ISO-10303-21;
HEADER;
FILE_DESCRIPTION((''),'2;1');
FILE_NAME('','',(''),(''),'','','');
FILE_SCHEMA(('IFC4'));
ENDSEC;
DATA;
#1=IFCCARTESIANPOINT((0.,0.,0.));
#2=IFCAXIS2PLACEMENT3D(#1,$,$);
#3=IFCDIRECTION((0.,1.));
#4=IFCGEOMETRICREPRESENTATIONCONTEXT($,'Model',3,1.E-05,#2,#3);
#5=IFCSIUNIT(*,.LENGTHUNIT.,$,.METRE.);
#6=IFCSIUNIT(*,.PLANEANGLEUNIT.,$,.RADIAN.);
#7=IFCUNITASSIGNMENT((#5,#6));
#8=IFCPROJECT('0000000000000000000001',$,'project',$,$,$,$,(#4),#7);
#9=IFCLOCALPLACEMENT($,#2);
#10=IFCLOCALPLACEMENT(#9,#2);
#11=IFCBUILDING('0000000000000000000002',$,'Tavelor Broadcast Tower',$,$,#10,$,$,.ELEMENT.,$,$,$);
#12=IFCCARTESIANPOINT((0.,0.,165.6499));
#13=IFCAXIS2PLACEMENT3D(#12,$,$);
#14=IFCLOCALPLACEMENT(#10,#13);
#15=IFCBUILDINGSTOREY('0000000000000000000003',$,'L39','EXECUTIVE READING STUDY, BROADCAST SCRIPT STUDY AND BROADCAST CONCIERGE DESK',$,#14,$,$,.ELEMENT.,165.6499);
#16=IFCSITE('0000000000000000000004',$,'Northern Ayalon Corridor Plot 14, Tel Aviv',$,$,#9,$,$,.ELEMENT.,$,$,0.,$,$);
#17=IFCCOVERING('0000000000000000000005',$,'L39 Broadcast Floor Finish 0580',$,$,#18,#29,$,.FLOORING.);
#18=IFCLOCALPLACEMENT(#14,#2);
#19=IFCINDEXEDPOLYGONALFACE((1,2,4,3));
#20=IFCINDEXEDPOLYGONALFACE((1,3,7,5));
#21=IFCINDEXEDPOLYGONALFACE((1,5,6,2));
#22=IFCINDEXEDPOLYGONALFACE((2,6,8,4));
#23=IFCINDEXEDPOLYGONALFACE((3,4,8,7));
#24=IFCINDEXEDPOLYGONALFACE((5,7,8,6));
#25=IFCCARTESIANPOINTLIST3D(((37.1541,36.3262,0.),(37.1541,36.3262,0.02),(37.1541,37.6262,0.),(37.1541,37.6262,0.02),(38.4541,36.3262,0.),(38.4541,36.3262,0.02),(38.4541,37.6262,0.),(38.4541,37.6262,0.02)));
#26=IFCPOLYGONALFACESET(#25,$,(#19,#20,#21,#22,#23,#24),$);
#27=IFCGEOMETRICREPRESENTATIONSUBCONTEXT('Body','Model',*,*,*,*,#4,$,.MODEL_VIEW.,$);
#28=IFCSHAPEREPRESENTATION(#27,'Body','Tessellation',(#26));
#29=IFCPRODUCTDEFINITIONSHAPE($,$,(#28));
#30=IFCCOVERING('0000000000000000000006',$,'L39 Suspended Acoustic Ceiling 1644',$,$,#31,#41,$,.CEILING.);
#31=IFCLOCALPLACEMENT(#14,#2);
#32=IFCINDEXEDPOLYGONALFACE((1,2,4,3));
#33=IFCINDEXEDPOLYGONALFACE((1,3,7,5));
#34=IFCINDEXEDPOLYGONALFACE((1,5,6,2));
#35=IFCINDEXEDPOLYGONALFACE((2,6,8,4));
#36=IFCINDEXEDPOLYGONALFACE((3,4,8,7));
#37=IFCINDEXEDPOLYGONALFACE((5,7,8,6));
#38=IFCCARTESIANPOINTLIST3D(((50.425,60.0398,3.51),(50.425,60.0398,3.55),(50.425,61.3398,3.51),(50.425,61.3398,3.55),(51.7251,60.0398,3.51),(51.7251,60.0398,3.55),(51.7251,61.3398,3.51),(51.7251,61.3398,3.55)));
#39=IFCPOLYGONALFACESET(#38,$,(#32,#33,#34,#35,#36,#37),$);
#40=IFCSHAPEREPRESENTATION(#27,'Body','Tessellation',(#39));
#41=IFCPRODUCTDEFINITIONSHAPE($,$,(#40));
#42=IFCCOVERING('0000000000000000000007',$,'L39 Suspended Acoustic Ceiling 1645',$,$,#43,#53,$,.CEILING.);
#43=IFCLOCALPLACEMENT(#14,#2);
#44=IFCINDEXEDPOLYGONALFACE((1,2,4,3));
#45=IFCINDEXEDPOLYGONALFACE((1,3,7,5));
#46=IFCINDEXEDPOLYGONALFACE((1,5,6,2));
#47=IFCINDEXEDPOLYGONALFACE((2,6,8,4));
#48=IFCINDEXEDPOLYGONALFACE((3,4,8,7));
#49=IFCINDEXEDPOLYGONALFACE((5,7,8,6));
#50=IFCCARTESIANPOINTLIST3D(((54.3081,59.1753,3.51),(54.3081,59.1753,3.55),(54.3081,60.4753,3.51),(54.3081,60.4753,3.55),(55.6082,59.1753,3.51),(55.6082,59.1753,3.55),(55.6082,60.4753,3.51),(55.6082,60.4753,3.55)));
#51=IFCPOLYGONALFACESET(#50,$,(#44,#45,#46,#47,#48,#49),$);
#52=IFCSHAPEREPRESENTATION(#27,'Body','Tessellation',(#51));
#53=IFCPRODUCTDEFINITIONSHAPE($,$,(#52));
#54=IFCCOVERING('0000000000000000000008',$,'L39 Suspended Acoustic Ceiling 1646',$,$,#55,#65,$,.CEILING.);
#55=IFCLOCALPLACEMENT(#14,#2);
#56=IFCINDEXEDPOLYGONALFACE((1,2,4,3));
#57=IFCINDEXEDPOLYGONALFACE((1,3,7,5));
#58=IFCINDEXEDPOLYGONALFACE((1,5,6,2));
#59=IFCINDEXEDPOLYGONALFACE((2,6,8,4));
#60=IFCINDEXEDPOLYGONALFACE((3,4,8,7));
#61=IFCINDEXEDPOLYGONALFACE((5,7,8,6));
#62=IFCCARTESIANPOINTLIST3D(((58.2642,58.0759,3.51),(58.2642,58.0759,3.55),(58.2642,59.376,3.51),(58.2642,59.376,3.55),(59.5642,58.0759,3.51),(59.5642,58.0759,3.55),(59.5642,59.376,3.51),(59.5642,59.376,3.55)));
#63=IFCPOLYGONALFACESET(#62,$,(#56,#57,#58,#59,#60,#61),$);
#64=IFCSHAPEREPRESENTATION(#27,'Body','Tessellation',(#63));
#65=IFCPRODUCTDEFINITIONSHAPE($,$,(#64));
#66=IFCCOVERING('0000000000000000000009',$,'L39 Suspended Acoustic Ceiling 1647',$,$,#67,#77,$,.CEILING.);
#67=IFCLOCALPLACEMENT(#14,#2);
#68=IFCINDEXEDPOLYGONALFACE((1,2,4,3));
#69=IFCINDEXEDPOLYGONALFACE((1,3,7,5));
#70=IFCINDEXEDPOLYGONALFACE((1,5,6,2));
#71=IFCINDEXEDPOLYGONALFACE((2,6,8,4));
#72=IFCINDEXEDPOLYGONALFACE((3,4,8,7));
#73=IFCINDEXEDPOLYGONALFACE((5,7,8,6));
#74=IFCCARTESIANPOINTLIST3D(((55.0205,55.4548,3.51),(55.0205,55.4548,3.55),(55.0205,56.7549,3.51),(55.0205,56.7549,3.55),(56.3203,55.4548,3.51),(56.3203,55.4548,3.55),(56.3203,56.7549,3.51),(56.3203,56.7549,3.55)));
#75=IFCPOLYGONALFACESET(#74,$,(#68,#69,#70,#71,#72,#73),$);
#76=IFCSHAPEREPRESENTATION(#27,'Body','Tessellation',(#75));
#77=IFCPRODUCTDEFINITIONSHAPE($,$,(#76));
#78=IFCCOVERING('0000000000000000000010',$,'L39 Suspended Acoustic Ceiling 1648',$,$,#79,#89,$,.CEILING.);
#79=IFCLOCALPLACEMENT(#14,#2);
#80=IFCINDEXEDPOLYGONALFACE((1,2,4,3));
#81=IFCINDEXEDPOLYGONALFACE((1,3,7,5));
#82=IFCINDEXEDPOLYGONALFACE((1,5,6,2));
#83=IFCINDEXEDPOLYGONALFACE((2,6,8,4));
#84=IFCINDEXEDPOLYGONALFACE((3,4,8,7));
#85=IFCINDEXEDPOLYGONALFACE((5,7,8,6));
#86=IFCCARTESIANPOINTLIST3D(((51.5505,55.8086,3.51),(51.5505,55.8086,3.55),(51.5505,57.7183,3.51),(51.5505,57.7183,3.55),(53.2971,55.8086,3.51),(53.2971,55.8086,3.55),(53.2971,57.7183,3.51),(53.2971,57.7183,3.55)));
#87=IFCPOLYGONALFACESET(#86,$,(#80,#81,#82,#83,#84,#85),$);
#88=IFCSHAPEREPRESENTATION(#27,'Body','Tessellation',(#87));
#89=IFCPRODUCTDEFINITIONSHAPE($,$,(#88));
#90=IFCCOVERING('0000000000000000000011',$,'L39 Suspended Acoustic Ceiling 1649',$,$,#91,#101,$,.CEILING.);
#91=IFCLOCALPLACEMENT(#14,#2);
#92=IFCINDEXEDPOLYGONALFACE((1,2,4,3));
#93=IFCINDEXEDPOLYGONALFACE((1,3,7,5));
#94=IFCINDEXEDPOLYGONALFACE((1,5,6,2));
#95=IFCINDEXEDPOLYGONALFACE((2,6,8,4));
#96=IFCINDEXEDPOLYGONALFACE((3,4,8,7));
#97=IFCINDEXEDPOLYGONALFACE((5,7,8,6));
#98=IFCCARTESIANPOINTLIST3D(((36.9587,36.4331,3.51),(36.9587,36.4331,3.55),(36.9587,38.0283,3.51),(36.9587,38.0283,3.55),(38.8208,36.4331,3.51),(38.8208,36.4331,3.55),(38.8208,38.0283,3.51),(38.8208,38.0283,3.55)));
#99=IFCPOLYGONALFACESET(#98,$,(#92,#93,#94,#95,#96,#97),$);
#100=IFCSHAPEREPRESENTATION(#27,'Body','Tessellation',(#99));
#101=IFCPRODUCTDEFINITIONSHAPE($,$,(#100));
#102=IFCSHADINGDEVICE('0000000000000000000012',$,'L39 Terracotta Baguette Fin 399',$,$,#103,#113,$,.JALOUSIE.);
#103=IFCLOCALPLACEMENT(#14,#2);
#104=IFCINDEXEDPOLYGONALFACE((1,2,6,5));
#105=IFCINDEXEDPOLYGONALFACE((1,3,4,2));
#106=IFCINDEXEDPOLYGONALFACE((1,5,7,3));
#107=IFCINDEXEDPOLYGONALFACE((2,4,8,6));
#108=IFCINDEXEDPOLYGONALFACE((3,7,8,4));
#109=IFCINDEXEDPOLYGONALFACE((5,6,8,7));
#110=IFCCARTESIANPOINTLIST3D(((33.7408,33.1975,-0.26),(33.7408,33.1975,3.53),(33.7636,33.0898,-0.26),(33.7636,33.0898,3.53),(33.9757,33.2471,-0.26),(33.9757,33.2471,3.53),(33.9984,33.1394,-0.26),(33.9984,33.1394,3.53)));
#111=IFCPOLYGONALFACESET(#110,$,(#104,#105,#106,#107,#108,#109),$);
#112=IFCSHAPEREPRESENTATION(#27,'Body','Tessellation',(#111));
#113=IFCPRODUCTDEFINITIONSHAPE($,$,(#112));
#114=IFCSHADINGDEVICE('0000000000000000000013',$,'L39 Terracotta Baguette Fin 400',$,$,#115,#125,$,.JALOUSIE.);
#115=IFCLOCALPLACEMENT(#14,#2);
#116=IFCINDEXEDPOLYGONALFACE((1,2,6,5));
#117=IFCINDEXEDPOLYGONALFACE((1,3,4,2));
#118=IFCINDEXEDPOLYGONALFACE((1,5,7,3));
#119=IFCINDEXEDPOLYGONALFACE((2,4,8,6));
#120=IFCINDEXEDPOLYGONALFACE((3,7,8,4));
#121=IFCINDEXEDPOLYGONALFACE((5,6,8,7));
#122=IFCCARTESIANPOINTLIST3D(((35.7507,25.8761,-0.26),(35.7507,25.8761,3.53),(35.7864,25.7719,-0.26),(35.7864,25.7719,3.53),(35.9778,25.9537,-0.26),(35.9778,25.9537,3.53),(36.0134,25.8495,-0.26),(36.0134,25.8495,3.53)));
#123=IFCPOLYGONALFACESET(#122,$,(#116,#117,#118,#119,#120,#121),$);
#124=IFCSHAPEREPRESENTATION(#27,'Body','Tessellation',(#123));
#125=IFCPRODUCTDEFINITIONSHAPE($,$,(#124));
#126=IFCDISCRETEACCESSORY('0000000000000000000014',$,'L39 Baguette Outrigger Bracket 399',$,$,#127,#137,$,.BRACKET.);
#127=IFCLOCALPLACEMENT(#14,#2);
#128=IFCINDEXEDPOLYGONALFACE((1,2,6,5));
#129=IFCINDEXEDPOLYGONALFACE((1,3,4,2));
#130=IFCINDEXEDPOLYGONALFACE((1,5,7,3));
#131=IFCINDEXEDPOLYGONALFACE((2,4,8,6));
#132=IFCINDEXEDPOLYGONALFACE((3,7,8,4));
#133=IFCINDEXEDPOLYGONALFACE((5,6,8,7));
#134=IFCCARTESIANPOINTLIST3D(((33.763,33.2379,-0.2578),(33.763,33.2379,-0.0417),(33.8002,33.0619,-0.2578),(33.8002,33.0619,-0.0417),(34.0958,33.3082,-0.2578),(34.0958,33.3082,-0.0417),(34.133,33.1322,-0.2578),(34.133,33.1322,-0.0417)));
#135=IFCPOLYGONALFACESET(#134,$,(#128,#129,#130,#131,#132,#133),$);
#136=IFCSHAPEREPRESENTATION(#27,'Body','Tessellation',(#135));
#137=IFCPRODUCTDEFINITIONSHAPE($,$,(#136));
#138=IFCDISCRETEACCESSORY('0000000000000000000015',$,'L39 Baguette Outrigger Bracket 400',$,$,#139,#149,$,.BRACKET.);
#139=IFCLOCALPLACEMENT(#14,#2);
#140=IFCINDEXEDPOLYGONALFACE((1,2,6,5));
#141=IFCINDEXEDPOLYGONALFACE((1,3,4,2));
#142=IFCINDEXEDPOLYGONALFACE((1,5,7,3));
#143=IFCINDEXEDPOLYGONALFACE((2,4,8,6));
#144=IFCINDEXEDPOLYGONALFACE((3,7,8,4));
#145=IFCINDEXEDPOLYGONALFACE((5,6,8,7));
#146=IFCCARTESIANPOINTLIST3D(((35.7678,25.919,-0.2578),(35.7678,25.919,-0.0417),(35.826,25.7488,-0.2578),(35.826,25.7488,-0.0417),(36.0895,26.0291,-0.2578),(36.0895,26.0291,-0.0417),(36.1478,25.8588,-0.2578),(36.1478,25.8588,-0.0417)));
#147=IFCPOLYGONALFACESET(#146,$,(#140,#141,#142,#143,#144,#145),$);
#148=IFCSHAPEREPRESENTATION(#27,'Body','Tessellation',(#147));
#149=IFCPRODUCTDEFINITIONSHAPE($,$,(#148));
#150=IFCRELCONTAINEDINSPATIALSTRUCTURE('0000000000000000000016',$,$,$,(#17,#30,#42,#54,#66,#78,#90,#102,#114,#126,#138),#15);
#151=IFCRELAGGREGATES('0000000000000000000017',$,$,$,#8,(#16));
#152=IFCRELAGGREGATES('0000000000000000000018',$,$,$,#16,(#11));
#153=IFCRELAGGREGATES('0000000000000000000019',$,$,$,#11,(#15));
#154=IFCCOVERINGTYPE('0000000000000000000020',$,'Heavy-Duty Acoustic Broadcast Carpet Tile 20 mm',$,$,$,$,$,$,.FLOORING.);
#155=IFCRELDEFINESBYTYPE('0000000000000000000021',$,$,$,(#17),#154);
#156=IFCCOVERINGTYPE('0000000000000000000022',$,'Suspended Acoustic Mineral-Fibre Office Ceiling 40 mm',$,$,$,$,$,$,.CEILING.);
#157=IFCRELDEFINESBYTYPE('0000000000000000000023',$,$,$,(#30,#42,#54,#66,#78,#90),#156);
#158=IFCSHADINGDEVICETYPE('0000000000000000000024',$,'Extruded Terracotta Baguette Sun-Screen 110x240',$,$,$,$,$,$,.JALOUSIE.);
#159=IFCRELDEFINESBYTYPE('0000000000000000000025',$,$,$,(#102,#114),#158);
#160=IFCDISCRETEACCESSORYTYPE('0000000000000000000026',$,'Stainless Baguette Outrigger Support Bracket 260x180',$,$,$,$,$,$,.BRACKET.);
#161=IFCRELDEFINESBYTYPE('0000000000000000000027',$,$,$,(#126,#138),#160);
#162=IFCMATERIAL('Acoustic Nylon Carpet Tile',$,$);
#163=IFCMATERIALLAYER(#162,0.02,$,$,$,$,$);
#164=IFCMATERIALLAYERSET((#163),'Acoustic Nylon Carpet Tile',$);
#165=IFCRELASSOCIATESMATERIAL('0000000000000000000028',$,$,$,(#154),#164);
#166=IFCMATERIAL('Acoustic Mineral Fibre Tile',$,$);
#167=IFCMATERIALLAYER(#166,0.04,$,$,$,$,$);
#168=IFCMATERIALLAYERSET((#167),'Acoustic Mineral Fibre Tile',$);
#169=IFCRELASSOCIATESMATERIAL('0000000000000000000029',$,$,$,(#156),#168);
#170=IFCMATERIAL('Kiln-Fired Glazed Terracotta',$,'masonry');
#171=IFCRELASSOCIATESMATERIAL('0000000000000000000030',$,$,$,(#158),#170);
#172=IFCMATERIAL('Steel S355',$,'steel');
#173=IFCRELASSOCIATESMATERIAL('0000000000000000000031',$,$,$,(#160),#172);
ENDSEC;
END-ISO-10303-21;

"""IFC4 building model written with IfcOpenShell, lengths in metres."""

from ifc_helpers import new_model, si_unit, direction, frame, origin, origin_2d, place, context, subcontext, project, spatial, polyline, rectangle, outline, extrude, source, transform, mapped, material, layer, layer_set, type_object, type_shapes, element, save


model = new_model("IFC4")

# Units and contexts
model_context = context("Model", 3, precision=1e-05, world=origin(), true_north=direction((0.0, 1.0)))
body_context = subcontext(model_context, "Body", "Model", "MODEL_VIEW")
ifc_project = project(units=[si_unit("LENGTHUNIT", "METRE"), si_unit("PLANEANGLEUNIT", "RADIAN")], contexts=[model_context])

# Site, building, storey
site_placement = place(None, origin())
site = spatial("IfcSite", under=ifc_project, at=site_placement, Name="Northern Ayalon Corridor Plot 14, Tel Aviv", CompositionType="ELEMENT", RefElevation=0.0)
building_placement = place(site_placement, origin())
building = spatial("IfcBuilding", under=site, at=building_placement, Name="Tavelor Broadcast Tower", CompositionType="ELEMENT")
storey_placement = place(building_placement, frame((0.0, 0.0, 165.6499)))
storey = spatial("IfcBuildingStorey", under=building, at=storey_placement, Name="L39", Description="EXECUTIVE READING STUDY, BROADCAST SCRIPT STUDY AND BROADCAST CONCIERGE DESK", CompositionType="ELEMENT", Elevation=165.6499)

# Coverings
ifc_material_1 = material(Name="Acoustic Nylon Carpet Tile")
ifc_layer_1 = layer(ifc_material_1, 0.02)
ifc_layer_set_1 = layer_set([ifc_layer_1], Name="Acoustic Nylon Carpet Tile")
covering_type_1 = type_object("IfcCoveringType", Name="Heavy-Duty Acoustic Broadcast Carpet Tile 20 mm", PredefinedType="FLOORING", material=ifc_layer_set_1)
covering_1_placement = place(storey_placement, origin())
element("IfcCovering", 1, at=covering_1_placement, inside=storey, type_object=covering_type_1, Name="L39 Broadcast Floor Finish 0580", PredefinedType="FLOORING", context=body_context, shape_type="SweptSolid", body=[
    extrude(outline(polyline([(37.1541, 36.3262), (38.4541, 36.3262), (38.4541, 37.6262), (37.1541, 37.6262), (37.1541, 36.3262)])), origin(), (0.0, 0.0, 1.0), 0.02),
])
ifc_material_2 = material(Name="Acoustic Mineral Fibre Tile")
ifc_layer_2 = layer(ifc_material_2, 0.04)
ifc_layer_set_2 = layer_set([ifc_layer_2], Name="Acoustic Mineral Fibre Tile")
covering_type_2 = type_object("IfcCoveringType", Name="Suspended Acoustic Mineral-Fibre Office Ceiling 40 mm", PredefinedType="CEILING", material=ifc_layer_set_2)
covering_2_placement = place(storey_placement, frame((0.0, 0.0, 3.51)))
element("IfcCovering", 2, at=covering_2_placement, inside=storey, type_object=covering_type_2, Name="L39 Suspended Acoustic Ceiling 1644", PredefinedType="CEILING", context=body_context, shape_type="SweptSolid", body=[
    extrude(outline(polyline([(50.425, 60.0398), (51.7251, 60.0398), (51.7251, 61.3398), (50.425, 61.3398), (50.425, 60.0398)])), origin(), (0.0, 0.0, 1.0), 0.04),
])
covering_3_placement = place(storey_placement, frame((0.0, 0.0, 3.51)))
element("IfcCovering", 3, at=covering_3_placement, inside=storey, type_object=covering_type_2, Name="L39 Suspended Acoustic Ceiling 1645", PredefinedType="CEILING", context=body_context, shape_type="SweptSolid", body=[
    extrude(outline(polyline([(54.3081, 59.1753), (55.6082, 59.1753), (55.6082, 60.4753), (54.3081, 60.4753), (54.3081, 59.1753)])), origin(), (0.0, 0.0, 1.0), 0.04),
])
covering_4_placement = place(storey_placement, frame((0.0, 0.0, 3.51)))
element("IfcCovering", 4, at=covering_4_placement, inside=storey, type_object=covering_type_2, Name="L39 Suspended Acoustic Ceiling 1646", PredefinedType="CEILING", context=body_context, shape_type="SweptSolid", body=[
    extrude(outline(polyline([(58.2642, 58.0759), (59.5642, 58.0759), (59.5642, 59.376), (58.2642, 59.376), (58.2642, 58.0759)])), origin(), (0.0, 0.0, 1.0), 0.04),
])
covering_5_placement = place(storey_placement, frame((0.0, 0.0, 3.51)))
element("IfcCovering", 5, at=covering_5_placement, inside=storey, type_object=covering_type_2, Name="L39 Suspended Acoustic Ceiling 1647", PredefinedType="CEILING", context=body_context, shape_type="SweptSolid", body=[
    extrude(outline(polyline([(55.0205, 55.4548), (56.3203, 55.4548), (56.3203, 56.7549), (55.0205, 56.7549), (55.0205, 55.4548)])), origin(), (0.0, 0.0, 1.0), 0.04),
])
covering_6_placement = place(storey_placement, frame((0.0, 0.0, 3.51)))
element("IfcCovering", 6, at=covering_6_placement, inside=storey, type_object=covering_type_2, Name="L39 Suspended Acoustic Ceiling 1648", PredefinedType="CEILING", context=body_context, shape_type="SweptSolid", body=[
    extrude(outline(polyline([(51.5505, 55.8086), (53.2971, 55.8086), (53.2971, 57.7183), (51.5505, 57.7183), (51.5505, 55.8086)])), origin(), (0.0, 0.0, 1.0), 0.04),
])
covering_7_placement = place(storey_placement, frame((0.0, 0.0, 3.51)))
element("IfcCovering", 7, at=covering_7_placement, inside=storey, type_object=covering_type_2, Name="L39 Suspended Acoustic Ceiling 1649", PredefinedType="CEILING", context=body_context, shape_type="SweptSolid", body=[
    extrude(outline(polyline([(36.9587, 36.4331), (38.8208, 36.4331), (38.8208, 38.0283), (36.9587, 38.0283), (36.9587, 36.4331)])), origin(), (0.0, 0.0, 1.0), 0.04),
])

# Shading devices
ifc_material_3 = material(Name="Kiln-Fired Glazed Terracotta", Category="masonry")
shading_device_type = type_object("IfcShadingDeviceType", Name="Extruded Terracotta Baguette Sun-Screen 110x240", PredefinedType="JALOUSIE", material=ifc_material_3)
shared_shape_1 = source(origin(), body_context, "Body", "SweptSolid", [
    extrude(rectangle(XDim=0.1101, YDim=0.24, at=origin_2d()), origin(), (0.0, 0.0, 1.0), 3.79),
])
type_shapes(shading_device_type, [shared_shape_1])
for number, where, z_axis, x_axis, name in (
    (8, (33.8696, 33.1685, -0.26), (0.0, 0.0, 1.0), (0.206717, -0.978401, 0.0), "L39 Terracotta Baguette Fin 399"),
    (9, (35.8821, 25.8628, -0.26), (0.0, 0.0, 1.0), (0.323587, -0.946198, 0.0), "L39 Terracotta Baguette Fin 400"),
):
    element("IfcShadingDevice", number, at=place(storey_placement, frame(where, z_axis=z_axis, x_axis=x_axis)), inside=storey, type_object=shading_device_type, Name=name, PredefinedType="JALOUSIE", context=body_context, shape_type="MappedRepresentation", body=[
        mapped(shared_shape_1, transform((0.0, 0.0, 0.0), scale=1.0)),
    ])

# Discrete accessories
ifc_material_4 = material(Name="Steel S355", Category="steel")
discrete_accessory_type = type_object("IfcDiscreteAccessoryType", Name="Stainless Baguette Outrigger Support Bracket 260x180", PredefinedType="BRACKET", material=ifc_material_4)
shared_shape_2 = source(origin(), body_context, "Body", "SweptSolid", [
    extrude(rectangle(XDim=0.1799, YDim=0.3401, at=origin_2d()), origin(), (0.0, 0.0, 1.0), 0.2161),
])
type_shapes(discrete_accessory_type, [shared_shape_2])
for number, where, z_axis, x_axis, name in (
    (10, (33.948, 33.1851, -0.2578), (0.0, 0.0, 1.0), (0.206717, -0.978401, 0.0), "L39 Baguette Outrigger Bracket 399"),
    (11, (35.9578, 25.8889, -0.2578), (0.0, 0.0, 1.0), (0.323587, -0.946198, 0.0), "L39 Baguette Outrigger Bracket 400"),
):
    element("IfcDiscreteAccessory", number, at=place(storey_placement, frame(where, z_axis=z_axis, x_axis=x_axis)), inside=storey, type_object=discrete_accessory_type, Name=name, PredefinedType="BRACKET", context=body_context, shape_type="MappedRepresentation", body=[
        mapped(shared_shape_2, transform((0.0, 0.0, 0.0), scale=1.0)),
    ])

save(model, "model.ifc")
